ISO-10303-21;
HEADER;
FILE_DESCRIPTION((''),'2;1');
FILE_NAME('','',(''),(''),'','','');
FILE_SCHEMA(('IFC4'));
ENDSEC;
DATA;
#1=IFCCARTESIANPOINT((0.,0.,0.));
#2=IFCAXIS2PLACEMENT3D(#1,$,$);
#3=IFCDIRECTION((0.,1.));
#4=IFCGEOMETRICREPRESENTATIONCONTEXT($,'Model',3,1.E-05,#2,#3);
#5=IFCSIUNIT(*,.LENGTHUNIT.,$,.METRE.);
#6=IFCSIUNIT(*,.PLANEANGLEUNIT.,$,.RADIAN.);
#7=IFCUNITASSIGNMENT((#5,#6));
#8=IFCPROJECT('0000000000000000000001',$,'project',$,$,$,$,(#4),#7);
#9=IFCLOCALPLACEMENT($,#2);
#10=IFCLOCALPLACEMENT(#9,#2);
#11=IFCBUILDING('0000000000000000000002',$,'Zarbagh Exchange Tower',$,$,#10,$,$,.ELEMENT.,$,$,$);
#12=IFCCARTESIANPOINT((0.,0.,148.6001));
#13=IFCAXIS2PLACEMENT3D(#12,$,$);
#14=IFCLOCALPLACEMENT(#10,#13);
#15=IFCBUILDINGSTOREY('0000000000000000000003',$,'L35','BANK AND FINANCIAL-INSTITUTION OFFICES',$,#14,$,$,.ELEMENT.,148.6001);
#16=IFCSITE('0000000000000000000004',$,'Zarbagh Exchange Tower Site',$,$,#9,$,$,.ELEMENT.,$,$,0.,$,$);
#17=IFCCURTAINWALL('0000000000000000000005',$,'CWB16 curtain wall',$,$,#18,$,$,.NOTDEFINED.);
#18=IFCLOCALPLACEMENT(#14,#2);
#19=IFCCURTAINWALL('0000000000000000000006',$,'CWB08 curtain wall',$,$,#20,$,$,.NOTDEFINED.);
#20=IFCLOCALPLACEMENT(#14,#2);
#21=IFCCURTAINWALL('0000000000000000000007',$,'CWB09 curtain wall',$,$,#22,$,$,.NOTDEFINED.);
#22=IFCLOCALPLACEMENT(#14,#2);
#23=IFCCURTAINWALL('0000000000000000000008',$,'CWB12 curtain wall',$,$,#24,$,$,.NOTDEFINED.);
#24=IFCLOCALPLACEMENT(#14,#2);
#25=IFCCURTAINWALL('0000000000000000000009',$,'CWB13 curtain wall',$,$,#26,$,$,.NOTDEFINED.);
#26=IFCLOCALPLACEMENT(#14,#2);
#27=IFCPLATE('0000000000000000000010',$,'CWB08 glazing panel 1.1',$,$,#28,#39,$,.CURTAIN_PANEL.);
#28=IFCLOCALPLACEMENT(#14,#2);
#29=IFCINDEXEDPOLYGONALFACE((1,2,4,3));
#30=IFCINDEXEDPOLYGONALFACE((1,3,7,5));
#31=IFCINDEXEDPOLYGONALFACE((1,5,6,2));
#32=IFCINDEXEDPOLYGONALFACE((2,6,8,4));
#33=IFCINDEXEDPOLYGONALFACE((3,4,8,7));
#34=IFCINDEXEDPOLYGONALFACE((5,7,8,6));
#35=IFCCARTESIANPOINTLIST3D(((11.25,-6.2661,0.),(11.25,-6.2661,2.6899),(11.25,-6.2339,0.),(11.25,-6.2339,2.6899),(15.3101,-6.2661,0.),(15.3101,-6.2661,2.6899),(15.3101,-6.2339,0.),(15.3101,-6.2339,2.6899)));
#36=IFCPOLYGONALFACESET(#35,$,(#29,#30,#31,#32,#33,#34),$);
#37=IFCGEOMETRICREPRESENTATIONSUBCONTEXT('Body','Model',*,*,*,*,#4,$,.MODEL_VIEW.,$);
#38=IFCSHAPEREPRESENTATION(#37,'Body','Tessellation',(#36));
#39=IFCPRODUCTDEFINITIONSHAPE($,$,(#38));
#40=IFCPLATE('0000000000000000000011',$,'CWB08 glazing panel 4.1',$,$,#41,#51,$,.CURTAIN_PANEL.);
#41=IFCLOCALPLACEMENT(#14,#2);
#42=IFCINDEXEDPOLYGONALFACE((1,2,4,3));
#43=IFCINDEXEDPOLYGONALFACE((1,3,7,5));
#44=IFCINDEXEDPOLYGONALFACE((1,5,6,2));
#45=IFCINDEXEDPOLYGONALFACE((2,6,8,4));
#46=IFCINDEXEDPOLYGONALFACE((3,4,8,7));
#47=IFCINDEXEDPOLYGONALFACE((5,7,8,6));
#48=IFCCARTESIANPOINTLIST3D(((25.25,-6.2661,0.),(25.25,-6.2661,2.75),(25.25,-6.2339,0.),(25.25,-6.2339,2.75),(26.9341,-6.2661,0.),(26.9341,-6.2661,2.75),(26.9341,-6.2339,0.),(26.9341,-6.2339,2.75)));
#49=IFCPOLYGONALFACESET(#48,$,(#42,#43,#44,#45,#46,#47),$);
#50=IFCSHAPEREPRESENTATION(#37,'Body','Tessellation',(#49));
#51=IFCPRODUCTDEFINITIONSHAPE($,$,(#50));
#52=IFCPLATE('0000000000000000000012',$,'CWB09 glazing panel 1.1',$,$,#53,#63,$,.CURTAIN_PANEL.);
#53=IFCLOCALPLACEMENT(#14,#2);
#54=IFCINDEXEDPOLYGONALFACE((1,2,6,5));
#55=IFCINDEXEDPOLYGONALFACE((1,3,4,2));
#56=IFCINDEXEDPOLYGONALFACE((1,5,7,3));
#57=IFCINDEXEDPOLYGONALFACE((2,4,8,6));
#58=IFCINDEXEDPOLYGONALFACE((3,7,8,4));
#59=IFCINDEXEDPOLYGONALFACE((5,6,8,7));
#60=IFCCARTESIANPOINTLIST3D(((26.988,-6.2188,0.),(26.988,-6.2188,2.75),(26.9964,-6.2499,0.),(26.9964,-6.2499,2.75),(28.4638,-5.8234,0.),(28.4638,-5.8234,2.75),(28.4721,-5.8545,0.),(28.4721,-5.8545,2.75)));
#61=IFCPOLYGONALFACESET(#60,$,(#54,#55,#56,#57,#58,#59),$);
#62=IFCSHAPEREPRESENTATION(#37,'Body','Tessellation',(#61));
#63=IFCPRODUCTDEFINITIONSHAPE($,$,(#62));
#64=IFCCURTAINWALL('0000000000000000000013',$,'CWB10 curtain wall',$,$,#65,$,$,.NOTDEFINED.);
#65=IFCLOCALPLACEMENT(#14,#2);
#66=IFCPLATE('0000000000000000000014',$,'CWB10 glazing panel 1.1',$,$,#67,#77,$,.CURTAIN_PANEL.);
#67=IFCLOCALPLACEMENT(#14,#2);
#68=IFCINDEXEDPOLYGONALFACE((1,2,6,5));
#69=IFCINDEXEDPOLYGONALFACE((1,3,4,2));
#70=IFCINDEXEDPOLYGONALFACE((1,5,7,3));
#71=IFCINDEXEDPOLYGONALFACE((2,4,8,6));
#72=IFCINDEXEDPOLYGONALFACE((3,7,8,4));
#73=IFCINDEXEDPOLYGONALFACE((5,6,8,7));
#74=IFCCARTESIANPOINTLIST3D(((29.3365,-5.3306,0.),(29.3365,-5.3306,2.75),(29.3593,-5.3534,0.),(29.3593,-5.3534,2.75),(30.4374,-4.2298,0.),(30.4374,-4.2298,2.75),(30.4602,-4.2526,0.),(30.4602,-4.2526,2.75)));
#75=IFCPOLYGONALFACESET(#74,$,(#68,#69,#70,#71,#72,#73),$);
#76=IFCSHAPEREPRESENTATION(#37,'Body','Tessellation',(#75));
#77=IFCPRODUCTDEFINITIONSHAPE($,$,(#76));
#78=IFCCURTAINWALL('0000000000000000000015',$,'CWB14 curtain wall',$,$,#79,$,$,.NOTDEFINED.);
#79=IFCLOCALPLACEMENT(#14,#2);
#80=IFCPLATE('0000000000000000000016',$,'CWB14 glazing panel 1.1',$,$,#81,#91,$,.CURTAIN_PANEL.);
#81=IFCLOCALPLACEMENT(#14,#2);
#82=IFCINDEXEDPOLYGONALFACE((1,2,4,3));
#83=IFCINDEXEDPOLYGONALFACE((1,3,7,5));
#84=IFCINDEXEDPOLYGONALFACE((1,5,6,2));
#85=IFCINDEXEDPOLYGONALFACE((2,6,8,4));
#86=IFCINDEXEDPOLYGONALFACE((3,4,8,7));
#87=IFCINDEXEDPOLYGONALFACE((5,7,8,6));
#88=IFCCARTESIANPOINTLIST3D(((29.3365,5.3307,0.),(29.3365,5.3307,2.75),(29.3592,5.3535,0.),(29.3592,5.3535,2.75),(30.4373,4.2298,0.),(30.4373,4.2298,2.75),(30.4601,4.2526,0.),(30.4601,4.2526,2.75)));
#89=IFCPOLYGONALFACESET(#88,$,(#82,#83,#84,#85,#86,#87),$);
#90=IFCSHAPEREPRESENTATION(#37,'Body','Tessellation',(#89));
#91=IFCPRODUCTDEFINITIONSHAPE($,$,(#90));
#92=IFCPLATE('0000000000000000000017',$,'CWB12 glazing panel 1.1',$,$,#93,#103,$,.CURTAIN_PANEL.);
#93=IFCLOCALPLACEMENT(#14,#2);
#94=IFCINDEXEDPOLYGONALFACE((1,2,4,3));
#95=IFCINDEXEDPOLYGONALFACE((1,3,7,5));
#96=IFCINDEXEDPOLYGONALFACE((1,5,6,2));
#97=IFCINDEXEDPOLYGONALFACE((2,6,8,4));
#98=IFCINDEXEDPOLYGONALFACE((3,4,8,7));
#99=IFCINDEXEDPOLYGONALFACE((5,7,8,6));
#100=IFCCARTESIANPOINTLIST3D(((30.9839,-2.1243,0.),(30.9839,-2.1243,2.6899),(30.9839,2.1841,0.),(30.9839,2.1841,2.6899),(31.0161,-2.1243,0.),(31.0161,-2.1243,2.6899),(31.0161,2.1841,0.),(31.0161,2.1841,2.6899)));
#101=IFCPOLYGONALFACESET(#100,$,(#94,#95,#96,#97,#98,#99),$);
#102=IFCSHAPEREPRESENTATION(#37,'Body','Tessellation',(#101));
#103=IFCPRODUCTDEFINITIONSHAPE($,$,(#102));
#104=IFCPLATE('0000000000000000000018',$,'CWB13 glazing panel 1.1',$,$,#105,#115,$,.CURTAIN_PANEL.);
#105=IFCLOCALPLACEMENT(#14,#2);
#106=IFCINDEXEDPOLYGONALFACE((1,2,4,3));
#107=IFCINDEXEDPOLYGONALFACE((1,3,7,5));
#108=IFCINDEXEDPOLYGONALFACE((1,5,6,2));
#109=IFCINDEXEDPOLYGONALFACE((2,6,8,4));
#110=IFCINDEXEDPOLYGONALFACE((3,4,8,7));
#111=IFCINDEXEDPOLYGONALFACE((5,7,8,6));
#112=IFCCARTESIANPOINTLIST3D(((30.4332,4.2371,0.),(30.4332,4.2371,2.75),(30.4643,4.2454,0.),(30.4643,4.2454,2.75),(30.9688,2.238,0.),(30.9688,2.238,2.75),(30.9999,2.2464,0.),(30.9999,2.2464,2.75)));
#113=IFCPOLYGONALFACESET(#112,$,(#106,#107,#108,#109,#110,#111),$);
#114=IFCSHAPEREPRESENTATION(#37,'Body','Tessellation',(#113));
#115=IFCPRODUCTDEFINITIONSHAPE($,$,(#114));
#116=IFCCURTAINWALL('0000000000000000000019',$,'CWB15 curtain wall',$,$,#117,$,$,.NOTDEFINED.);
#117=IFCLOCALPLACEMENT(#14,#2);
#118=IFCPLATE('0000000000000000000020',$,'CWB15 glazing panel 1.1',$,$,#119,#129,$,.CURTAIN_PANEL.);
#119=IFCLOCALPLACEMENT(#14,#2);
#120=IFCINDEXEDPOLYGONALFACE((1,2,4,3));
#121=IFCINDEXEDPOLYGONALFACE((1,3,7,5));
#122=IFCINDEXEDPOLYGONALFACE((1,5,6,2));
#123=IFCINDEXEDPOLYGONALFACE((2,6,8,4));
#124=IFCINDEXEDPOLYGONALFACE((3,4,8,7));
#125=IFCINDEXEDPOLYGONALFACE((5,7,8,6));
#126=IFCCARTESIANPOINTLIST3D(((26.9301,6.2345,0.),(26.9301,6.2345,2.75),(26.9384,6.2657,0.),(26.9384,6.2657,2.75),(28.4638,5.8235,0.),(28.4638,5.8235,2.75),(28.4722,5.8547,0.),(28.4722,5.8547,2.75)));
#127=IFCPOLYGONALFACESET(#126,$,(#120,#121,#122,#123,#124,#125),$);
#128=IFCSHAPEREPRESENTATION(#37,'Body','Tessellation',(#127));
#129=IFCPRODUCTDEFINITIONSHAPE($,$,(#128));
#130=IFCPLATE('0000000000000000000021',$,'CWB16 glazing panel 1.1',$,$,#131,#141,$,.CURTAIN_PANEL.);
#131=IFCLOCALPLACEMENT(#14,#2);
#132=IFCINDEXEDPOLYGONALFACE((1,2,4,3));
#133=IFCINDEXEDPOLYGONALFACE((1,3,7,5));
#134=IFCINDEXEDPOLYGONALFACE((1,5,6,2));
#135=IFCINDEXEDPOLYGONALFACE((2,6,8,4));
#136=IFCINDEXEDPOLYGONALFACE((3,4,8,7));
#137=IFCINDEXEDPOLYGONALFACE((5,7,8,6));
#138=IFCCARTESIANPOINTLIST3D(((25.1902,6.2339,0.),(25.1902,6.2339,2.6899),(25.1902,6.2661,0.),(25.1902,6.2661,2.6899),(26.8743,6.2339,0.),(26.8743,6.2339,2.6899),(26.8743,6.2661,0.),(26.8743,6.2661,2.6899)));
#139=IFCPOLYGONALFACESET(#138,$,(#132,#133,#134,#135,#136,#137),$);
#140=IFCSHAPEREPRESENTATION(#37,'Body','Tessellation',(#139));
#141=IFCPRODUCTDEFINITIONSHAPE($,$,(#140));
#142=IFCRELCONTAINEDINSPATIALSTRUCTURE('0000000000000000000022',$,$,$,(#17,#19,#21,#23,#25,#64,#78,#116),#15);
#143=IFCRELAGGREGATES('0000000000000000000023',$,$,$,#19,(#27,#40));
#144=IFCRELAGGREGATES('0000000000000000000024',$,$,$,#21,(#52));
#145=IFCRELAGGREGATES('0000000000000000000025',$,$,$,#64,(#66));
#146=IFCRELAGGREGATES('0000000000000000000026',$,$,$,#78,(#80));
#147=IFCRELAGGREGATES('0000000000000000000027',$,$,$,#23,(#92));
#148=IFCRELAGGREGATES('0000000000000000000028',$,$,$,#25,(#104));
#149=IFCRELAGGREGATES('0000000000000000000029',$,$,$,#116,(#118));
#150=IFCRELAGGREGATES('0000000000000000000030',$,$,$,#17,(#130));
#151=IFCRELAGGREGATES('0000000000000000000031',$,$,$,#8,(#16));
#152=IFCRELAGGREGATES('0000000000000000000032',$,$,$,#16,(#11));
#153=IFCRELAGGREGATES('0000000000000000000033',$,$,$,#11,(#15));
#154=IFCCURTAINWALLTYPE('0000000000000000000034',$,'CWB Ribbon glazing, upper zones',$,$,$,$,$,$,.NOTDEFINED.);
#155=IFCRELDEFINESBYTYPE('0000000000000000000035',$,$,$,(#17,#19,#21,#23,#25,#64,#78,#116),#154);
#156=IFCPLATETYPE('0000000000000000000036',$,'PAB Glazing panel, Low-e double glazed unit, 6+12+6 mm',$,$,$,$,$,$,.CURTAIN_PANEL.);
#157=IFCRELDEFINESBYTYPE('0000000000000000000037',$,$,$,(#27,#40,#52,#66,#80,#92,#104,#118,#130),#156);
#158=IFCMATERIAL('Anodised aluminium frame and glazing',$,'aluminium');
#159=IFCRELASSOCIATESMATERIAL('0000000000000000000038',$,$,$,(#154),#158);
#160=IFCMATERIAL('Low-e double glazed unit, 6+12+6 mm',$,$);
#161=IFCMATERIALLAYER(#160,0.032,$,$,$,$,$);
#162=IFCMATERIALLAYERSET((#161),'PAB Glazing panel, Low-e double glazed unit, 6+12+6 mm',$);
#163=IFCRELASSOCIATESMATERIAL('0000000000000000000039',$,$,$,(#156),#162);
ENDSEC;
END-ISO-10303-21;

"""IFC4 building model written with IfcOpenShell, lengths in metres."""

from ifc_helpers import new_model, si_unit, direction, frame, origin, place, context, subcontext, project, spatial, polyline, outline, extrude, source, transform, mapped, material, layer, layer_set, type_object, element, aggregate, save


model = new_model("IFC4")

# Units and contexts
model_context = context("Model", 3, precision=1e-05, world=origin(), true_north=direction((0.0, 1.0)))
body_context = subcontext(model_context, "Body", "Model", "MODEL_VIEW")
ifc_project = project(units=[si_unit("LENGTHUNIT", "METRE"), si_unit("PLANEANGLEUNIT", "RADIAN")], contexts=[model_context])

# Site, building, storey
site_placement = place(None, origin())
site = spatial("IfcSite", under=ifc_project, at=site_placement, Name="Zarbagh Exchange Tower Site", CompositionType="ELEMENT", RefElevation=0.0)
building_placement = place(site_placement, origin())
building = spatial("IfcBuilding", under=site, at=building_placement, Name="Zarbagh Exchange Tower", CompositionType="ELEMENT")
storey_placement = place(building_placement, frame((0.0, 0.0, 148.6001)))
storey = spatial("IfcBuildingStorey", under=building, at=storey_placement, Name="L35", Description="BANK AND FINANCIAL-INSTITUTION OFFICES", CompositionType="ELEMENT", Elevation=148.6001)

# Curtain wall
ifc_material_1 = material(Name="Anodised aluminium frame and glazing", Category="aluminium")
curtain_wall_type = type_object("IfcCurtainWallType", Name="CWB Ribbon glazing, upper zones", PredefinedType="NOTDEFINED", material=ifc_material_1)
curtain_wall_1_placement = place(storey_placement, origin())
curtain_wall_1 = element("IfcCurtainWall", 1, at=curtain_wall_1_placement, inside=storey, type_object=curtain_wall_type, Name="CWB16 curtain wall", PredefinedType="NOTDEFINED")
placement = place(storey_placement, origin())

# Curtain wall
curtain_wall_2_placement = place(storey_placement, origin())
curtain_wall_2 = element("IfcCurtainWall", 2, at=curtain_wall_2_placement, inside=storey, type_object=curtain_wall_type, Name="CWB08 curtain wall", PredefinedType="NOTDEFINED")

# Curtain walls
curtain_wall_3_placement = place(storey_placement, origin())
curtain_wall_3 = element("IfcCurtainWall", 3, at=curtain_wall_3_placement, inside=storey, type_object=curtain_wall_type, Name="CWB09 curtain wall", PredefinedType="NOTDEFINED")
curtain_wall_4_placement = place(storey_placement, origin())
curtain_wall_4 = element("IfcCurtainWall", 4, at=curtain_wall_4_placement, inside=storey, type_object=curtain_wall_type, Name="CWB12 curtain wall", PredefinedType="NOTDEFINED")
curtain_wall_5_placement = place(storey_placement, origin())
curtain_wall_5 = element("IfcCurtainWall", 5, at=curtain_wall_5_placement, inside=storey, type_object=curtain_wall_type, Name="CWB13 curtain wall", PredefinedType="NOTDEFINED")

# Shared definitions
ifc_material_2 = material(Name="Low-e double glazed unit, 6+12+6 mm")
ifc_layer = layer(ifc_material_2, 0.032)
ifc_layer_set = layer_set([ifc_layer], Name="PAB Glazing panel, Low-e double glazed unit, 6+12+6 mm")
plate_type = type_object("IfcPlateType", Name="PAB Glazing panel, Low-e double glazed unit, 6+12+6 mm", PredefinedType="CURTAIN_PANEL", material=ifc_layer_set)

# Plates
shared_shape_1 = source(origin(), body_context, "Body", "SweptSolid", [
    extrude(outline(polyline([(0.0, -0.0161), (4.0601, -0.0161), (4.0601, 0.0161), (0.0, 0.0161), (0.0, -0.0161)])), origin(), (0.0, 0.0, 1.0), 2.6899),
])
plate_1 = element("IfcPlate", 6, at=placement, type_object=plate_type, Name="CWB08 glazing panel 1.1", PredefinedType="CURTAIN_PANEL", context=body_context, shape_type="MappedRepresentation", body=[
    mapped(shared_shape_1, transform((11.25, -6.25, 0.0), x_axis=(1.0, 0.0, 0.0), y_axis=(0.0, 1.0, 0.0), z_axis=(0.0, 0.0, 1.0))),
])
shared_shape_2 = source(origin(), body_context, "Body", "SweptSolid", [
    extrude(outline(polyline([(0.0, -0.0161), (1.6841, -0.0161), (1.6841, 0.0161), (0.0, 0.0161), (0.0, -0.0161)])), origin(), (0.0, 0.0, 1.0), 2.75),
])
plate_2 = element("IfcPlate", 7, at=placement, type_object=plate_type, Name="CWB08 glazing panel 4.1", PredefinedType="CURTAIN_PANEL", context=body_context, shape_type="MappedRepresentation", body=[
    mapped(shared_shape_2, transform((25.25, -6.25, 0.0), x_axis=(1.0, 0.0, 0.0), y_axis=(0.0, 1.0, 0.0), z_axis=(0.0, 0.0, 1.0))),
])
aggregate(curtain_wall_2, [plate_1, plate_2])
shared_shape_3 = source(origin(), body_context, "Body", "SweptSolid", [
    extrude(outline(polyline([(0.0, -0.0161), (1.5278, -0.0161), (1.5278, 0.0161), (0.0, 0.0161), (0.0, -0.0161)])), origin(), (0.0, 0.0, 1.0), 2.75),
])
plate_3 = element("IfcPlate", 8, at=placement, type_object=plate_type, Name="CWB09 glazing panel 1.1", PredefinedType="CURTAIN_PANEL", context=body_context, shape_type="MappedRepresentation", body=[
    mapped(shared_shape_3, transform((26.9922, -6.2344, 0.0), x_axis=(0.965924, 0.258825, 0.0), y_axis=(-0.258825, 0.965924, 0.0), z_axis=(0.0, 0.0, 1.0))),
])
aggregate(curtain_wall_3, [plate_3])

# Curtain walls, plates
curtain_wall_6_placement = place(storey_placement, origin())
curtain_wall_6 = element("IfcCurtainWall", 9, at=curtain_wall_6_placement, inside=storey, type_object=curtain_wall_type, Name="CWB10 curtain wall", PredefinedType="NOTDEFINED")
shared_shape_4 = source(origin(), body_context, "Body", "SweptSolid", [
    extrude(outline(polyline([(0.0, -0.0161), (1.5569, -0.0161), (1.5569, 0.0161), (0.0, 0.0161), (0.0, -0.0161)])), origin(), (0.0, 0.0, 1.0), 2.75),
])
plate_4 = element("IfcPlate", 10, at=placement, type_object=plate_type, Name="CWB10 glazing panel 1.1", PredefinedType="CURTAIN_PANEL", context=body_context, shape_type="MappedRepresentation", body=[
    mapped(shared_shape_4, transform((29.3479, -5.342, 0.0), x_axis=(0.707107, 0.707107, 0.0), y_axis=(-0.707107, 0.707107, 0.0), z_axis=(0.0, 0.0, 1.0))),
])
aggregate(curtain_wall_6, [plate_4])
curtain_wall_7_placement = place(storey_placement, origin())
curtain_wall_7 = element("IfcCurtainWall", 11, at=curtain_wall_7_placement, inside=storey, type_object=curtain_wall_type, Name="CWB14 curtain wall", PredefinedType="NOTDEFINED")
plate_5 = element("IfcPlate", 12, at=placement, type_object=plate_type, Name="CWB14 glazing panel 1.1", PredefinedType="CURTAIN_PANEL", context=body_context, shape_type="MappedRepresentation", body=[
    mapped(shared_shape_4, transform((30.4487, 4.2412, 0.0), x_axis=(-0.707107, 0.707107, 0.0), y_axis=(-0.707107, -0.707107, 0.0), z_axis=(0.0, 0.0, 1.0))),
])
aggregate(curtain_wall_7, [plate_5])

# Plates
shared_shape_5 = source(origin(), body_context, "Body", "SweptSolid", [
    extrude(outline(polyline([(0.0, -0.0161), (4.3083, -0.0161), (4.3083, 0.0161), (0.0, 0.0161), (0.0, -0.0161)])), origin(), (0.0, 0.0, 1.0), 2.6899),
])
plate_6 = element("IfcPlate", 13, at=placement, type_object=plate_type, Name="CWB12 glazing panel 1.1", PredefinedType="CURTAIN_PANEL", context=body_context, shape_type="MappedRepresentation", body=[
    mapped(shared_shape_5, transform((31.0, -2.1243, 0.0), x_axis=(0.0, 1.0, 0.0), y_axis=(-1.0, 0.0, 0.0), z_axis=(0.0, 0.0, 1.0))),
])
aggregate(curtain_wall_4, [plate_6])
shared_shape_6 = source(origin(), body_context, "Body", "SweptSolid", [
    extrude(outline(polyline([(0.0, -0.0161), (2.0696, -0.0161), (2.0696, 0.0161), (0.0, 0.0161), (0.0, -0.0161)])), origin(), (0.0, 0.0, 1.0), 2.75),
])
plate_7 = element("IfcPlate", 14, at=placement, type_object=plate_type, Name="CWB13 glazing panel 1.1", PredefinedType="CURTAIN_PANEL", context=body_context, shape_type="MappedRepresentation", body=[
    mapped(shared_shape_6, transform((30.9844, 2.2422, 0.0), x_axis=(-0.258825, 0.965924, 0.0), y_axis=(-0.965924, -0.258825, 0.0), z_axis=(0.0, 0.0, 1.0))),
])
aggregate(curtain_wall_5, [plate_7])

# Curtain wall, plate
curtain_wall_8_placement = place(storey_placement, origin())
curtain_wall_8 = element("IfcCurtainWall", 15, at=curtain_wall_8_placement, inside=storey, type_object=curtain_wall_type, Name="CWB15 curtain wall", PredefinedType="NOTDEFINED")
shared_shape_7 = source(origin(), body_context, "Body", "SweptSolid", [
    extrude(outline(polyline([(0.0, -0.0161), (1.5879, -0.0161), (1.5879, 0.0161), (0.0, 0.0161), (0.0, -0.0161)])), origin(), (0.0, 0.0, 1.0), 2.75),
])
plate_8 = element("IfcPlate", 16, at=placement, type_object=plate_type, Name="CWB15 glazing panel 1.1", PredefinedType="CURTAIN_PANEL", context=body_context, shape_type="MappedRepresentation", body=[
    mapped(shared_shape_7, transform((28.468, 5.8391, 0.0), x_axis=(-0.965924, 0.258825, 0.0), y_axis=(-0.258825, -0.965924, 0.0), z_axis=(0.0, 0.0, 1.0))),
])
aggregate(curtain_wall_8, [plate_8])

# Plate
shared_shape_8 = source(origin(), body_context, "Body", "SweptSolid", [
    extrude(outline(polyline([(0.0, -0.0161), (1.6841, -0.0161), (1.6841, 0.0161), (0.0, 0.0161), (0.0, -0.0161)])), origin(), (0.0, 0.0, 1.0), 2.6899),
])
plate_9 = element("IfcPlate", 17, at=placement, type_object=plate_type, Name="CWB16 glazing panel 1.1", PredefinedType="CURTAIN_PANEL", context=body_context, shape_type="MappedRepresentation", body=[
    mapped(shared_shape_8, transform((26.8743, 6.25, 0.0), x_axis=(-1.0, 0.0, 0.0), y_axis=(0.0, -1.0, 0.0), z_axis=(0.0, 0.0, 1.0))),
])
aggregate(curtain_wall_1, [plate_9])

save(model, "model.ifc")
